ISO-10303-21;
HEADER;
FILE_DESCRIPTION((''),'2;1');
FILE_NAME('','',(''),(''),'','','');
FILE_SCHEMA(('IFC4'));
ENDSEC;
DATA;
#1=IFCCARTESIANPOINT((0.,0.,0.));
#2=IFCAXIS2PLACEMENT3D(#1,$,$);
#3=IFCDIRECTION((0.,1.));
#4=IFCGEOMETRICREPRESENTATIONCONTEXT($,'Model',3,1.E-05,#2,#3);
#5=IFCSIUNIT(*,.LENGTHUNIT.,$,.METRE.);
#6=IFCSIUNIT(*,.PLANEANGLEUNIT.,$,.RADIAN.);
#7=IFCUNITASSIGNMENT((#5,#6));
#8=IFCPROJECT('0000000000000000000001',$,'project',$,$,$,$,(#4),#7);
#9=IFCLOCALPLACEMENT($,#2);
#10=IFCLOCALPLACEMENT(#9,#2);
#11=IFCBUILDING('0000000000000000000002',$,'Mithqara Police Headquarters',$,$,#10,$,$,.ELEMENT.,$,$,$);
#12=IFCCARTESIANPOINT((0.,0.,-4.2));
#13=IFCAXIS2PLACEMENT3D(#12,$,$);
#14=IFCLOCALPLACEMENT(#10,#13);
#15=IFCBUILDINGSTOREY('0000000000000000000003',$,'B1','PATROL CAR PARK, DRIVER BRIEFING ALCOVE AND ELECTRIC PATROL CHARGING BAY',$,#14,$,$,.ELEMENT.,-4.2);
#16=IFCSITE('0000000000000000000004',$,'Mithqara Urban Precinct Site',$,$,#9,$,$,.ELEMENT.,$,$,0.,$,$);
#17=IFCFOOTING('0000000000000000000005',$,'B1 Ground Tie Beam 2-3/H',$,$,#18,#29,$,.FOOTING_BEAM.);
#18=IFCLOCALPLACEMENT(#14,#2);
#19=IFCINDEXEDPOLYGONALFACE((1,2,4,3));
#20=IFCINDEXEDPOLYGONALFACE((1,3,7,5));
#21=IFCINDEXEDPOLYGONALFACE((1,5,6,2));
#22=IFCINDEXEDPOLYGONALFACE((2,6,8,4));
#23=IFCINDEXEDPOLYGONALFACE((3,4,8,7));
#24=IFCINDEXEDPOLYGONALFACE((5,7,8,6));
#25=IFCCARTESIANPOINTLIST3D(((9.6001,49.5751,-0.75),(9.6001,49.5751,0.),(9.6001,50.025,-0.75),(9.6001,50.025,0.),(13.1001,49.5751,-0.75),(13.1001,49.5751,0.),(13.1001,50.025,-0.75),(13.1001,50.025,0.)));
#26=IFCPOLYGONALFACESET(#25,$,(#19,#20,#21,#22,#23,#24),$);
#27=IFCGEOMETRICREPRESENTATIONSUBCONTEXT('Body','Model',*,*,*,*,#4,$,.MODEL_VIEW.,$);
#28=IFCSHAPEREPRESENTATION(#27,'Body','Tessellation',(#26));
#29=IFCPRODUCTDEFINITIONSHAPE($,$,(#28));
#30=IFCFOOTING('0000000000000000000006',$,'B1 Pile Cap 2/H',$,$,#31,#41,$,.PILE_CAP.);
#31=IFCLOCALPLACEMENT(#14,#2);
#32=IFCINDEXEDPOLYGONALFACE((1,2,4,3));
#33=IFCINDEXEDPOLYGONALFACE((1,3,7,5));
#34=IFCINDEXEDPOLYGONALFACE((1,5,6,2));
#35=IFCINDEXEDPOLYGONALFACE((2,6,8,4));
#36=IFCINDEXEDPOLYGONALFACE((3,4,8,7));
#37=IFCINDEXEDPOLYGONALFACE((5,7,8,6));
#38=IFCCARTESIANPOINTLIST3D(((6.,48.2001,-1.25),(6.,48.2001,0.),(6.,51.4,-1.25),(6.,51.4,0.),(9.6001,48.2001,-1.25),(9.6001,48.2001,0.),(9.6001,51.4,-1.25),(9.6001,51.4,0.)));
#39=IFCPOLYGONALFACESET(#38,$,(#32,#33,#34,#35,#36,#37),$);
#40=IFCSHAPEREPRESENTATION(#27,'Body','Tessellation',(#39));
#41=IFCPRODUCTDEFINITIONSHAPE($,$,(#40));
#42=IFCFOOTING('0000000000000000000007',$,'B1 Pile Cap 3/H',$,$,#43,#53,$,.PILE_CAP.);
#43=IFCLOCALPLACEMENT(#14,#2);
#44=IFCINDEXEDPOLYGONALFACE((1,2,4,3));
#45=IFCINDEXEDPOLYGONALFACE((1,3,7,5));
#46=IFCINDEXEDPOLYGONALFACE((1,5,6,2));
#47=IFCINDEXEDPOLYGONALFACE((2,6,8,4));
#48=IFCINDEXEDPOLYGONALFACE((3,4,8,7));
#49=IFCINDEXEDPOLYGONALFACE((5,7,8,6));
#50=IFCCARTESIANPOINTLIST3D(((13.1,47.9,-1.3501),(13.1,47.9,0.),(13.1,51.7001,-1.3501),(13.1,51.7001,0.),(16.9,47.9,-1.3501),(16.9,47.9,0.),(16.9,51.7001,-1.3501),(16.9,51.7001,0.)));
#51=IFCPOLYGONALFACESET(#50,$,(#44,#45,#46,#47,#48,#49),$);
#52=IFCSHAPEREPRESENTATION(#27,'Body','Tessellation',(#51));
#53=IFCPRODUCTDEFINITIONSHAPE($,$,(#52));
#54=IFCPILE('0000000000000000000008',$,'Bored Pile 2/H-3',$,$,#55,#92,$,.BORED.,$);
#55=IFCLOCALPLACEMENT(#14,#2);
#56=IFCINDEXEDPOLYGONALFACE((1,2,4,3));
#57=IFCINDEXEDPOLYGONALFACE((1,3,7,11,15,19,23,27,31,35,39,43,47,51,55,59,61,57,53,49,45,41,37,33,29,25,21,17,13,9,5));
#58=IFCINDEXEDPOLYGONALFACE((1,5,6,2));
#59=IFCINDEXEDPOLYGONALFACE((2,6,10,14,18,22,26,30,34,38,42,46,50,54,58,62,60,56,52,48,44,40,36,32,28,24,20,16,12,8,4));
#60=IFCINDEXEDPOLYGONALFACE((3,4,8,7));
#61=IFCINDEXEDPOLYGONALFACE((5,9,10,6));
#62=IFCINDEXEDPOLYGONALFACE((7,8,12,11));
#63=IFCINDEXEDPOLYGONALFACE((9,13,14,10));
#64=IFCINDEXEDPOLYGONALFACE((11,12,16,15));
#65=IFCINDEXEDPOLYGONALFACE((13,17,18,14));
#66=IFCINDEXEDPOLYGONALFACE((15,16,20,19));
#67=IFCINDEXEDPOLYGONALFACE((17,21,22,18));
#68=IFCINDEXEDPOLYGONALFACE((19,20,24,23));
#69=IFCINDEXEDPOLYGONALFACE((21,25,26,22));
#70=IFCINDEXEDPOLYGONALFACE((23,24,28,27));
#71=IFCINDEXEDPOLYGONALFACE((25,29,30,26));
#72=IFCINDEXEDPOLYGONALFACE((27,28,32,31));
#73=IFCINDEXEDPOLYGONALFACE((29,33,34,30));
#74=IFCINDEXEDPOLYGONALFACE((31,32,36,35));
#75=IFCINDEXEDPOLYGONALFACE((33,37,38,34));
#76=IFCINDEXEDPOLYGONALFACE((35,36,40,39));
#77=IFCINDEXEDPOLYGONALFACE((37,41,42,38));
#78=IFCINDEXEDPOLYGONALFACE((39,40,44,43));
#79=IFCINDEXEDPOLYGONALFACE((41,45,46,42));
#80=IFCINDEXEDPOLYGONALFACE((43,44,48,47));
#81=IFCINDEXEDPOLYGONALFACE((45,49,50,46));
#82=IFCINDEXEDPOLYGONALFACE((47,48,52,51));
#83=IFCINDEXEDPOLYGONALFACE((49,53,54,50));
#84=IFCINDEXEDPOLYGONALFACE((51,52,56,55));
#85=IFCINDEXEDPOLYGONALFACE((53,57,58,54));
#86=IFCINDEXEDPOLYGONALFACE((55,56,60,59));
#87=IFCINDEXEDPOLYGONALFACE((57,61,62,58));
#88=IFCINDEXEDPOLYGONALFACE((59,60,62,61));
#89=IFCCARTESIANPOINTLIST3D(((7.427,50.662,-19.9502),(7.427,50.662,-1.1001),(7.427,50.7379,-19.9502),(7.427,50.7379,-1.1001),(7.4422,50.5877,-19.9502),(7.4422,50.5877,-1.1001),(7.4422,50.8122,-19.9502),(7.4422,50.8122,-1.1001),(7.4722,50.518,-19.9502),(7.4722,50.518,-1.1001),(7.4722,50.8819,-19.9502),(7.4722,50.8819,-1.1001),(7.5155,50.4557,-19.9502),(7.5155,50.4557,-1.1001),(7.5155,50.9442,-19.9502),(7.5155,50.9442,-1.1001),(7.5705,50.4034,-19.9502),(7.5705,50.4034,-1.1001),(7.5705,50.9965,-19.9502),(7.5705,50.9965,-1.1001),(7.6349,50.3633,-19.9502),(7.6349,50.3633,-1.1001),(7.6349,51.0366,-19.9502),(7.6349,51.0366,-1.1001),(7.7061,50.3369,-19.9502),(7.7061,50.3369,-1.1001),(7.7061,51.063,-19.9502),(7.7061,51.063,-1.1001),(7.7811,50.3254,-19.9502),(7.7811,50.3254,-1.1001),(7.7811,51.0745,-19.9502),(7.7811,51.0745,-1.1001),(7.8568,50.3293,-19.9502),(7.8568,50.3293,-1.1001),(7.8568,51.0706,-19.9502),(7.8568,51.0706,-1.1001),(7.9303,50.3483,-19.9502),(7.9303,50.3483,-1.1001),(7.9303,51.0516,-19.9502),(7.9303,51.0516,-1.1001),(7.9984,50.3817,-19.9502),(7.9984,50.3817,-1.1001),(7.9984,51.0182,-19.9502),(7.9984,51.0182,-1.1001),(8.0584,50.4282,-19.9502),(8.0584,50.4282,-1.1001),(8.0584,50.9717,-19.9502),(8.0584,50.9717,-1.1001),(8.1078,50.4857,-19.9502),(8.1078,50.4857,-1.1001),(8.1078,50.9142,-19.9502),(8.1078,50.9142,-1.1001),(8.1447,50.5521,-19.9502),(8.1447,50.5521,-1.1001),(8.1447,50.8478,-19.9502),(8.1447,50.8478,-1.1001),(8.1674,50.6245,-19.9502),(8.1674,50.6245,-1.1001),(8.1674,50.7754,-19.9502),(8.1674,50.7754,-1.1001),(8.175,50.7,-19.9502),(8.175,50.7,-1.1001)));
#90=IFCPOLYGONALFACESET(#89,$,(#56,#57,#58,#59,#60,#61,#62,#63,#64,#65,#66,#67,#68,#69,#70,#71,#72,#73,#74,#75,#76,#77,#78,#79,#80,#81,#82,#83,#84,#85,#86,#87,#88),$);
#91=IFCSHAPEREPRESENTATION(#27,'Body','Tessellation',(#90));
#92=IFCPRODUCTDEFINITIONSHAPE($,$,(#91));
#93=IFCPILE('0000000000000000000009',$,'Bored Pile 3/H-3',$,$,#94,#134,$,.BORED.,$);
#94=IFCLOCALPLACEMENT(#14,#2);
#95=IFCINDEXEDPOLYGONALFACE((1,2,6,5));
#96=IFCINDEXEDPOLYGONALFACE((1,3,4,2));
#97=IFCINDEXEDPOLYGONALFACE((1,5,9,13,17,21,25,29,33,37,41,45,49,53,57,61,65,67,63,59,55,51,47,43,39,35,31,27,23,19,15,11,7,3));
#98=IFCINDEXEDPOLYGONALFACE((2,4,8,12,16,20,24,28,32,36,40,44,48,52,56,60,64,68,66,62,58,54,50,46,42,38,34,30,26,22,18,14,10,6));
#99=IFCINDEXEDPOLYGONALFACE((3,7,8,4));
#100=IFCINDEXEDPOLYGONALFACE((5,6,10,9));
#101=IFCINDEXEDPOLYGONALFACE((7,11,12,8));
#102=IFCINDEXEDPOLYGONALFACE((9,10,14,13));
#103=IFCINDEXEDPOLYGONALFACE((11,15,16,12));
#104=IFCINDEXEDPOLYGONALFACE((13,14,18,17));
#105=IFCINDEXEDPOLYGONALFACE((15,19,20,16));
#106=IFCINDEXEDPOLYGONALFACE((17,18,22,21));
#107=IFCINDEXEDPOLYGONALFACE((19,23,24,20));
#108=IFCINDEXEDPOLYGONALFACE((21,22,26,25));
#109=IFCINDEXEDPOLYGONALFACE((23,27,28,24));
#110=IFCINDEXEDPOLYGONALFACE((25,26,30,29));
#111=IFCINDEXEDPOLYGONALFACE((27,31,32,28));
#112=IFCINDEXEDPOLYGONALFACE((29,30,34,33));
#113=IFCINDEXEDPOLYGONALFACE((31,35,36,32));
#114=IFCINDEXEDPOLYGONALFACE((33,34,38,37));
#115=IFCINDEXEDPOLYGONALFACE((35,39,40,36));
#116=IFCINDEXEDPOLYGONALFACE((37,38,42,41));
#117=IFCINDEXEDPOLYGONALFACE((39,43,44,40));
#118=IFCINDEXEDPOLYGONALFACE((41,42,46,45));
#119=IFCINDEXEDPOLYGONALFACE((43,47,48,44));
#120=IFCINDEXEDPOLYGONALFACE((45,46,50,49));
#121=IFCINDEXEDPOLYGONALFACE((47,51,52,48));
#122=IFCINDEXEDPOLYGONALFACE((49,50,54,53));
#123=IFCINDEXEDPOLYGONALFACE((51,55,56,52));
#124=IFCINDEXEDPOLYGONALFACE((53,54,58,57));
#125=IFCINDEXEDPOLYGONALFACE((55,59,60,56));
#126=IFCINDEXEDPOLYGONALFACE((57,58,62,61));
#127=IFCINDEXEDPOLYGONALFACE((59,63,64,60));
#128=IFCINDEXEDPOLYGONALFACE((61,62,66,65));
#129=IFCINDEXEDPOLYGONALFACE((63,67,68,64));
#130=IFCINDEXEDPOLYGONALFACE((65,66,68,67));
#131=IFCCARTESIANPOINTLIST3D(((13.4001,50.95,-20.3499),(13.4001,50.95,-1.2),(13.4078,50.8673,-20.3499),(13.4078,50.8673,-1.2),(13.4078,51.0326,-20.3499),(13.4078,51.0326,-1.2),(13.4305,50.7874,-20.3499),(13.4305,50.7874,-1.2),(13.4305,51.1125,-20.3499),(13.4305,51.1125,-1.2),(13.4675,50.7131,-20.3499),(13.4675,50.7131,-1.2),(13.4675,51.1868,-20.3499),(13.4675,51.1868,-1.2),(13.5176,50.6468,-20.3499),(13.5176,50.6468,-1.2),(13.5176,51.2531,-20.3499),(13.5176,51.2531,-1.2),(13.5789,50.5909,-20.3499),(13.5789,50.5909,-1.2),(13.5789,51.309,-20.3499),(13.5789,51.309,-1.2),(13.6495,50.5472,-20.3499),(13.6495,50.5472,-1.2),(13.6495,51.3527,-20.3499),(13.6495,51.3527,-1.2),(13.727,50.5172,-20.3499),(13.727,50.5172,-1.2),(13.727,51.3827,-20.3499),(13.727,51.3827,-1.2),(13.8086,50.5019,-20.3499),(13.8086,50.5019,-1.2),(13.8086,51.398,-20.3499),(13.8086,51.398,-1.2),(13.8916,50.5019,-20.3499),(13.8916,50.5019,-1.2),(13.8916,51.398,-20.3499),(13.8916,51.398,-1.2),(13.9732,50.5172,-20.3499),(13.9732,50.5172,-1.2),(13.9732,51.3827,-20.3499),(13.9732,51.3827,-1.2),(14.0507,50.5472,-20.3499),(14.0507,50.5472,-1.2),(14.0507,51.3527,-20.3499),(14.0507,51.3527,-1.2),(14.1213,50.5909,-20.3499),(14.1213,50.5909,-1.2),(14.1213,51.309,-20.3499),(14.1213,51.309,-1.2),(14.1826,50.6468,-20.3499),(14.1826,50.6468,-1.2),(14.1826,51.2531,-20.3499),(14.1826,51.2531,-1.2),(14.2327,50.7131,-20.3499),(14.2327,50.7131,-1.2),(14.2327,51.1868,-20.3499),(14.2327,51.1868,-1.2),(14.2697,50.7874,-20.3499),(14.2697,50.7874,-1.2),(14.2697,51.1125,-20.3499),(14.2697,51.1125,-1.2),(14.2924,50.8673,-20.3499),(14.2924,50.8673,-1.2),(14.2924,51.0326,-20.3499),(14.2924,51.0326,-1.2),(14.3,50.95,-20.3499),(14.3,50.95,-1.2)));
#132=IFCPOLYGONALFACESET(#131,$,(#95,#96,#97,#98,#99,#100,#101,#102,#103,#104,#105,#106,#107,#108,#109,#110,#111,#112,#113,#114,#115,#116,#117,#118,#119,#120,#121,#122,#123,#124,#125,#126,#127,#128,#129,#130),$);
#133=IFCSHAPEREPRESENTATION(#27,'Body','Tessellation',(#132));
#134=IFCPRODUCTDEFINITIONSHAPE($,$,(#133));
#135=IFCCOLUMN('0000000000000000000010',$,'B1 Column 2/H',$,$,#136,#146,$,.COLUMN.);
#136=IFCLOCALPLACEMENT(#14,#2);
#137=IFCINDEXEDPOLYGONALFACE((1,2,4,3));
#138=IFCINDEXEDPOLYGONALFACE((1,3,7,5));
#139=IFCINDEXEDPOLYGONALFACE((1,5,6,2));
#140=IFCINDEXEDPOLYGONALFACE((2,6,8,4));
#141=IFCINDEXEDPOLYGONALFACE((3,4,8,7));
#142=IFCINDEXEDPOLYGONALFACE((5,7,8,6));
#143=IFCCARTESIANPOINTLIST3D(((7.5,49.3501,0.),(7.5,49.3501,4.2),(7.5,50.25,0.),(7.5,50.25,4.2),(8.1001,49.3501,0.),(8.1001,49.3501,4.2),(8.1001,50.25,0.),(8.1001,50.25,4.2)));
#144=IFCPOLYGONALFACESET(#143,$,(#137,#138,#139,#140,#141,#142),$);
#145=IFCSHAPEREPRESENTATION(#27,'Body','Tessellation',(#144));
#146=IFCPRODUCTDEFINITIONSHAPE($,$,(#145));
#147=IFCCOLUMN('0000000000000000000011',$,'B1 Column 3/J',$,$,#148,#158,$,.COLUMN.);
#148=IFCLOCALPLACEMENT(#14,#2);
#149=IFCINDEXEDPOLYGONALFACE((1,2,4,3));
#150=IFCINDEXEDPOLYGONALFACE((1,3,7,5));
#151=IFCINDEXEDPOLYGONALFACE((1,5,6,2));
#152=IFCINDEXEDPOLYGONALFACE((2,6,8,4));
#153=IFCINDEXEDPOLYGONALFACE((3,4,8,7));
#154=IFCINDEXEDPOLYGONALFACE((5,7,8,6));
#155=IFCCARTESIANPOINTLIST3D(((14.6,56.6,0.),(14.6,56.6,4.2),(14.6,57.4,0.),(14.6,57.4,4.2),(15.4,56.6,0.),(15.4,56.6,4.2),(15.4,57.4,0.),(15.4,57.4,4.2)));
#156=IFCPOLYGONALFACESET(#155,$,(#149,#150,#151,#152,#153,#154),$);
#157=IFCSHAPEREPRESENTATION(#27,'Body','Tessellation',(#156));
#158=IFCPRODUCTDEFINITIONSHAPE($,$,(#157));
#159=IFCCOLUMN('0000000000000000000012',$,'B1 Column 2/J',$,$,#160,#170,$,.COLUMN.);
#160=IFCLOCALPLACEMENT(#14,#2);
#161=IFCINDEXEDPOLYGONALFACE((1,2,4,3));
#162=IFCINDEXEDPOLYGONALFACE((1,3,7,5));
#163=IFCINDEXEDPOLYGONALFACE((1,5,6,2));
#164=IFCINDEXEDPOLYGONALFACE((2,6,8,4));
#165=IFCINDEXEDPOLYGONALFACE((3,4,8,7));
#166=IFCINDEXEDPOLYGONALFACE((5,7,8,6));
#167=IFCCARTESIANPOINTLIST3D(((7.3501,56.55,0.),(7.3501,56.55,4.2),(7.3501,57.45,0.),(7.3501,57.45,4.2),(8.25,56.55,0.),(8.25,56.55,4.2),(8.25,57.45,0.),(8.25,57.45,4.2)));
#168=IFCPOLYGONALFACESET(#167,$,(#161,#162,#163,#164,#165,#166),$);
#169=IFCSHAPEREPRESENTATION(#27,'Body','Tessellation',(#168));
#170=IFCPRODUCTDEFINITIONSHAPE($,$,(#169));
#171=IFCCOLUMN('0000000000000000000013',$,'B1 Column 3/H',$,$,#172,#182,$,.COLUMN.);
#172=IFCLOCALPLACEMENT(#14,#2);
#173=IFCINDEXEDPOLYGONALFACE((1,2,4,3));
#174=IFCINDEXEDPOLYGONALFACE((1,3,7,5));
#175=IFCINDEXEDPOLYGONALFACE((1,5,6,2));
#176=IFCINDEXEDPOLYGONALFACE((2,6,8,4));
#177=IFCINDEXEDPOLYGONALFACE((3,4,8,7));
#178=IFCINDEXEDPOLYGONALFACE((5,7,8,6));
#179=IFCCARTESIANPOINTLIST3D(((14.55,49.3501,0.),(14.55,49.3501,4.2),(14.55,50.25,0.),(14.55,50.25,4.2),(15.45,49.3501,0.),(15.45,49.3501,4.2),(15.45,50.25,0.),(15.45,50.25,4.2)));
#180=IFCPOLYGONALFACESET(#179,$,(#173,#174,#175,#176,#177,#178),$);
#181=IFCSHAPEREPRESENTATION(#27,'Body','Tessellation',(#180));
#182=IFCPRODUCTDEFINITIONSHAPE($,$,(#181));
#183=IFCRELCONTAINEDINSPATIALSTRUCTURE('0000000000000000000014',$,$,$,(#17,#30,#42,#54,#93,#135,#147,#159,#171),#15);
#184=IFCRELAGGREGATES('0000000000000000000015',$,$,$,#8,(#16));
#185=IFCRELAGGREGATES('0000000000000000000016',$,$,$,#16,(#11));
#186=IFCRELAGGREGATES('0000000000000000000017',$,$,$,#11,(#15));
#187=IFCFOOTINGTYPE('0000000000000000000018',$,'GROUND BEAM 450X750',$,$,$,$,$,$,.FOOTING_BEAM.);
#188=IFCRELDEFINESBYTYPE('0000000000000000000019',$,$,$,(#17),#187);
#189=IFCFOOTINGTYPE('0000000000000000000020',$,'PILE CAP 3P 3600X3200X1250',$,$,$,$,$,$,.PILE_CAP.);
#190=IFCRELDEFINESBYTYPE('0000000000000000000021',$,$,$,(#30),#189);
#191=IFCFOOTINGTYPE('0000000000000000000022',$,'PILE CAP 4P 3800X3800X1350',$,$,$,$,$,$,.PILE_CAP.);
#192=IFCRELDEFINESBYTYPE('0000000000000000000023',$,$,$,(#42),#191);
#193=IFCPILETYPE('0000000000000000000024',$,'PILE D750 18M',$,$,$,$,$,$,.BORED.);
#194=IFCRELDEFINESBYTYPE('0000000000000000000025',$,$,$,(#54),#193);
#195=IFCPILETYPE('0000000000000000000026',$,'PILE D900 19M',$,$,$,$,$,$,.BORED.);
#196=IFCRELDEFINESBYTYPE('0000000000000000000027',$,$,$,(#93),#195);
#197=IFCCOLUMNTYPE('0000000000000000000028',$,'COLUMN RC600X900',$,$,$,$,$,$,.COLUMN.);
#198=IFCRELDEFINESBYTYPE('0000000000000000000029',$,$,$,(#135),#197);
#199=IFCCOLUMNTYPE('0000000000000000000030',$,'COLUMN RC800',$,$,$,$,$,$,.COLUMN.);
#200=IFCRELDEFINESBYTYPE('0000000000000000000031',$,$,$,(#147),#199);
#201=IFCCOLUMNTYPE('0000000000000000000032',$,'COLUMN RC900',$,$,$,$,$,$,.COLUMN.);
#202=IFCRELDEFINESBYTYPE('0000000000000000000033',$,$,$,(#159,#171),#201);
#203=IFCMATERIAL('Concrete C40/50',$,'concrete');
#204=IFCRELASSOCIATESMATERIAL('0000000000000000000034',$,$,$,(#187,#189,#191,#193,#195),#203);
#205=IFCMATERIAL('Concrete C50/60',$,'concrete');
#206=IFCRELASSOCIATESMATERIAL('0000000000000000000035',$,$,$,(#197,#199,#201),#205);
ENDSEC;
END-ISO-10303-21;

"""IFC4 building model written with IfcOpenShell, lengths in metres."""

from ifc_helpers import new_model, si_unit, direction, frame, origin, origin_2d, place, context, subcontext, project, spatial, rectangle, circle, extrude, material, material_profile, profile_set, type_object, element, save


model = new_model("IFC4")

# Units and contexts
model_context = context("Model", 3, precision=1e-05, world=origin(), true_north=direction((0.0, 1.0)))
body_context = subcontext(model_context, "Body", "Model", "MODEL_VIEW")
ifc_project = project(units=[si_unit("LENGTHUNIT", "METRE"), si_unit("PLANEANGLEUNIT", "RADIAN")], contexts=[model_context])

# Site, building, storey
site_placement = place(None, origin())
site = spatial("IfcSite", under=ifc_project, at=site_placement, Name="Mithqara Urban Precinct Site", CompositionType="ELEMENT", RefElevation=0.0)
building_placement = place(site_placement, origin())
building = spatial("IfcBuilding", under=site, at=building_placement, Name="Mithqara Police Headquarters", CompositionType="ELEMENT")
storey_placement = place(building_placement, frame((0.0, 0.0, -4.2)))
storey = spatial("IfcBuildingStorey", under=building, at=storey_placement, Name="B1", Description="PATROL CAR PARK, DRIVER BRIEFING ALCOVE AND ELECTRIC PATROL CHARGING BAY", CompositionType="ELEMENT", Elevation=-4.2)

# Footings
ifc_material_1 = material(Name="Concrete C40/50", Category="concrete")
footing_type_1 = type_object("IfcFootingType", Name="GROUND BEAM 450X750", PredefinedType="FOOTING_BEAM", material=ifc_material_1)
footing_1_placement = place(storey_placement, frame((11.3501, 49.8, -0.75), z_axis=(0.0, 0.0, 1.0), x_axis=(1.0, 0.0, 0.0)))
element("IfcFooting", 1, at=footing_1_placement, inside=storey, type_object=footing_type_1, Name="B1 Ground Tie Beam 2-3/H", PredefinedType="FOOTING_BEAM", context=body_context, shape_type="SweptSolid", body=[
    extrude(rectangle(XDim=3.5, YDim=0.45, at=origin_2d()), origin(), (0.0, 0.0, 1.0), 0.75),
])
footing_type_2 = type_object("IfcFootingType", Name="PILE CAP 3P 3600X3200X1250", PredefinedType="PILE_CAP", material=ifc_material_1)
footing_2_placement = place(storey_placement, frame((7.8, 49.8, -1.25), z_axis=(0.0, 0.0, 1.0), x_axis=(1.0, 0.0, 0.0)))
element("IfcFooting", 2, at=footing_2_placement, inside=storey, type_object=footing_type_2, Name="B1 Pile Cap 2/H", PredefinedType="PILE_CAP", context=body_context, shape_type="SweptSolid", body=[
    extrude(rectangle(XDim=3.6001, YDim=3.2, at=origin_2d()), origin(), (0.0, 0.0, 1.0), 1.25),
])
footing_type_3 = type_object("IfcFootingType", Name="PILE CAP 4P 3800X3800X1350", PredefinedType="PILE_CAP", material=ifc_material_1)
footing_3_placement = place(storey_placement, frame((15.0, 49.8, -1.3501), z_axis=(0.0, 0.0, 1.0), x_axis=(1.0, 0.0, 0.0)))
element("IfcFooting", 3, at=footing_3_placement, inside=storey, type_object=footing_type_3, Name="B1 Pile Cap 3/H", PredefinedType="PILE_CAP", context=body_context, shape_type="SweptSolid", body=[
    extrude(rectangle(XDim=3.8, YDim=3.8, at=origin_2d()), origin(), (0.0, 0.0, 1.0), 1.3501),
])

# Piles
ifc_material_profile_1 = material_profile(ifc_material_1, circle(Radius=0.375, at=origin_2d()), Name="PILE D750")
ifc_profile_set_1 = profile_set([ifc_material_profile_1], Name="Concrete C40/50")
pile_type_1 = type_object("IfcPileType", Name="PILE D750 18M", PredefinedType="BORED", material=ifc_profile_set_1)
pile_1_placement = place(storey_placement, frame((7.8, 50.7, -1.1001), z_axis=(0.0, 0.0, -1.0), x_axis=(1.0, 0.0, 0.0)))
element("IfcPile", 4, at=pile_1_placement, inside=storey, type_object=pile_type_1, Name="Bored Pile 2/H-3", PredefinedType="BORED", context=body_context, shape_type="SweptSolid", body=[
    extrude(circle(Radius=0.375, at=origin_2d()), origin(), (0.0, 0.0, 1.0), 18.8501),
])
ifc_material_profile_2 = material_profile(ifc_material_1, circle(Radius=0.45, at=origin_2d()), Name="PILE D900")
ifc_profile_set_2 = profile_set([ifc_material_profile_2], Name="Concrete C40/50")
pile_type_2 = type_object("IfcPileType", Name="PILE D900 19M", PredefinedType="BORED", material=ifc_profile_set_2)
pile_2_placement = place(storey_placement, frame((13.8501, 50.95, -1.2), z_axis=(0.0, 0.0, -1.0), x_axis=(1.0, 0.0, 0.0)))
element("IfcPile", 5, at=pile_2_placement, inside=storey, type_object=pile_type_2, Name="Bored Pile 3/H-3", PredefinedType="BORED", context=body_context, shape_type="SweptSolid", body=[
    extrude(circle(Radius=0.45, at=origin_2d()), origin(), (0.0, 0.0, 1.0), 19.1499),
])

# Columns
ifc_material_2 = material(Name="Concrete C50/60", Category="concrete")
ifc_material_profile_3 = material_profile(ifc_material_2, rectangle(XDim=0.6001, YDim=0.8999, at=origin_2d()), Name="RC 600x900")
ifc_profile_set_3 = profile_set([ifc_material_profile_3], Name="Concrete C50/60")
column_type_1 = type_object("IfcColumnType", Name="COLUMN RC600X900", PredefinedType="COLUMN", material=ifc_profile_set_3)
column_1_placement = place(storey_placement, frame((7.8, 49.8, 0.0), z_axis=(0.0, 0.0, 1.0), x_axis=(1.0, 0.0, 0.0)))
element("IfcColumn", 6, at=column_1_placement, inside=storey, type_object=column_type_1, Name="B1 Column 2/H", PredefinedType="COLUMN", context=body_context, shape_type="SweptSolid", body=[
    extrude(rectangle(XDim=0.6001, YDim=0.8999, at=origin_2d()), origin(), (0.0, 0.0, 1.0), 4.2),
])
ifc_material_profile_4 = material_profile(ifc_material_2, rectangle(XDim=0.8, YDim=0.8, at=origin_2d()), Name="RC 800x800")
ifc_profile_set_4 = profile_set([ifc_material_profile_4], Name="Concrete C50/60")
column_type_2 = type_object("IfcColumnType", Name="COLUMN RC800", PredefinedType="COLUMN", material=ifc_profile_set_4)
column_2_placement = place(storey_placement, frame((15.0, 57.0, 0.0), z_axis=(0.0, 0.0, 1.0), x_axis=(1.0, 0.0, 0.0)))
element("IfcColumn", 7, at=column_2_placement, inside=storey, type_object=column_type_2, Name="B1 Column 3/J", PredefinedType="COLUMN", context=body_context, shape_type="SweptSolid", body=[
    extrude(rectangle(XDim=0.8, YDim=0.8, at=origin_2d()), origin(), (0.0, 0.0, 1.0), 4.2),
])
ifc_material_profile_5 = material_profile(ifc_material_2, rectangle(XDim=0.8999, YDim=0.8999, at=origin_2d()), Name="RC 900x900")
ifc_profile_set_5 = profile_set([ifc_material_profile_5], Name="Concrete C50/60")
column_type_3 = type_object("IfcColumnType", Name="COLUMN RC900", PredefinedType="COLUMN", material=ifc_profile_set_5)
for number, where, z_axis, x_axis, name in (
    (8, (7.8, 57.0, 0.0), (0.0, 0.0, 1.0), (1.0, 0.0, 0.0), "B1 Column 2/J"),
    (9, (15.0, 49.8, 0.0), (0.0, 0.0, 1.0), (1.0, 0.0, 0.0), "B1 Column 3/H"),
):
    element("IfcColumn", number, at=place(storey_placement, frame(where, z_axis=z_axis, x_axis=x_axis)), inside=storey, type_object=column_type_3, Name=name, PredefinedType="COLUMN", context=body_context, shape_type="SweptSolid", body=[
        extrude(rectangle(XDim=0.8999, YDim=0.8999, at=origin_2d()), origin(), (0.0, 0.0, 1.0), 4.2),
    ])

save(model, "model.ifc")
